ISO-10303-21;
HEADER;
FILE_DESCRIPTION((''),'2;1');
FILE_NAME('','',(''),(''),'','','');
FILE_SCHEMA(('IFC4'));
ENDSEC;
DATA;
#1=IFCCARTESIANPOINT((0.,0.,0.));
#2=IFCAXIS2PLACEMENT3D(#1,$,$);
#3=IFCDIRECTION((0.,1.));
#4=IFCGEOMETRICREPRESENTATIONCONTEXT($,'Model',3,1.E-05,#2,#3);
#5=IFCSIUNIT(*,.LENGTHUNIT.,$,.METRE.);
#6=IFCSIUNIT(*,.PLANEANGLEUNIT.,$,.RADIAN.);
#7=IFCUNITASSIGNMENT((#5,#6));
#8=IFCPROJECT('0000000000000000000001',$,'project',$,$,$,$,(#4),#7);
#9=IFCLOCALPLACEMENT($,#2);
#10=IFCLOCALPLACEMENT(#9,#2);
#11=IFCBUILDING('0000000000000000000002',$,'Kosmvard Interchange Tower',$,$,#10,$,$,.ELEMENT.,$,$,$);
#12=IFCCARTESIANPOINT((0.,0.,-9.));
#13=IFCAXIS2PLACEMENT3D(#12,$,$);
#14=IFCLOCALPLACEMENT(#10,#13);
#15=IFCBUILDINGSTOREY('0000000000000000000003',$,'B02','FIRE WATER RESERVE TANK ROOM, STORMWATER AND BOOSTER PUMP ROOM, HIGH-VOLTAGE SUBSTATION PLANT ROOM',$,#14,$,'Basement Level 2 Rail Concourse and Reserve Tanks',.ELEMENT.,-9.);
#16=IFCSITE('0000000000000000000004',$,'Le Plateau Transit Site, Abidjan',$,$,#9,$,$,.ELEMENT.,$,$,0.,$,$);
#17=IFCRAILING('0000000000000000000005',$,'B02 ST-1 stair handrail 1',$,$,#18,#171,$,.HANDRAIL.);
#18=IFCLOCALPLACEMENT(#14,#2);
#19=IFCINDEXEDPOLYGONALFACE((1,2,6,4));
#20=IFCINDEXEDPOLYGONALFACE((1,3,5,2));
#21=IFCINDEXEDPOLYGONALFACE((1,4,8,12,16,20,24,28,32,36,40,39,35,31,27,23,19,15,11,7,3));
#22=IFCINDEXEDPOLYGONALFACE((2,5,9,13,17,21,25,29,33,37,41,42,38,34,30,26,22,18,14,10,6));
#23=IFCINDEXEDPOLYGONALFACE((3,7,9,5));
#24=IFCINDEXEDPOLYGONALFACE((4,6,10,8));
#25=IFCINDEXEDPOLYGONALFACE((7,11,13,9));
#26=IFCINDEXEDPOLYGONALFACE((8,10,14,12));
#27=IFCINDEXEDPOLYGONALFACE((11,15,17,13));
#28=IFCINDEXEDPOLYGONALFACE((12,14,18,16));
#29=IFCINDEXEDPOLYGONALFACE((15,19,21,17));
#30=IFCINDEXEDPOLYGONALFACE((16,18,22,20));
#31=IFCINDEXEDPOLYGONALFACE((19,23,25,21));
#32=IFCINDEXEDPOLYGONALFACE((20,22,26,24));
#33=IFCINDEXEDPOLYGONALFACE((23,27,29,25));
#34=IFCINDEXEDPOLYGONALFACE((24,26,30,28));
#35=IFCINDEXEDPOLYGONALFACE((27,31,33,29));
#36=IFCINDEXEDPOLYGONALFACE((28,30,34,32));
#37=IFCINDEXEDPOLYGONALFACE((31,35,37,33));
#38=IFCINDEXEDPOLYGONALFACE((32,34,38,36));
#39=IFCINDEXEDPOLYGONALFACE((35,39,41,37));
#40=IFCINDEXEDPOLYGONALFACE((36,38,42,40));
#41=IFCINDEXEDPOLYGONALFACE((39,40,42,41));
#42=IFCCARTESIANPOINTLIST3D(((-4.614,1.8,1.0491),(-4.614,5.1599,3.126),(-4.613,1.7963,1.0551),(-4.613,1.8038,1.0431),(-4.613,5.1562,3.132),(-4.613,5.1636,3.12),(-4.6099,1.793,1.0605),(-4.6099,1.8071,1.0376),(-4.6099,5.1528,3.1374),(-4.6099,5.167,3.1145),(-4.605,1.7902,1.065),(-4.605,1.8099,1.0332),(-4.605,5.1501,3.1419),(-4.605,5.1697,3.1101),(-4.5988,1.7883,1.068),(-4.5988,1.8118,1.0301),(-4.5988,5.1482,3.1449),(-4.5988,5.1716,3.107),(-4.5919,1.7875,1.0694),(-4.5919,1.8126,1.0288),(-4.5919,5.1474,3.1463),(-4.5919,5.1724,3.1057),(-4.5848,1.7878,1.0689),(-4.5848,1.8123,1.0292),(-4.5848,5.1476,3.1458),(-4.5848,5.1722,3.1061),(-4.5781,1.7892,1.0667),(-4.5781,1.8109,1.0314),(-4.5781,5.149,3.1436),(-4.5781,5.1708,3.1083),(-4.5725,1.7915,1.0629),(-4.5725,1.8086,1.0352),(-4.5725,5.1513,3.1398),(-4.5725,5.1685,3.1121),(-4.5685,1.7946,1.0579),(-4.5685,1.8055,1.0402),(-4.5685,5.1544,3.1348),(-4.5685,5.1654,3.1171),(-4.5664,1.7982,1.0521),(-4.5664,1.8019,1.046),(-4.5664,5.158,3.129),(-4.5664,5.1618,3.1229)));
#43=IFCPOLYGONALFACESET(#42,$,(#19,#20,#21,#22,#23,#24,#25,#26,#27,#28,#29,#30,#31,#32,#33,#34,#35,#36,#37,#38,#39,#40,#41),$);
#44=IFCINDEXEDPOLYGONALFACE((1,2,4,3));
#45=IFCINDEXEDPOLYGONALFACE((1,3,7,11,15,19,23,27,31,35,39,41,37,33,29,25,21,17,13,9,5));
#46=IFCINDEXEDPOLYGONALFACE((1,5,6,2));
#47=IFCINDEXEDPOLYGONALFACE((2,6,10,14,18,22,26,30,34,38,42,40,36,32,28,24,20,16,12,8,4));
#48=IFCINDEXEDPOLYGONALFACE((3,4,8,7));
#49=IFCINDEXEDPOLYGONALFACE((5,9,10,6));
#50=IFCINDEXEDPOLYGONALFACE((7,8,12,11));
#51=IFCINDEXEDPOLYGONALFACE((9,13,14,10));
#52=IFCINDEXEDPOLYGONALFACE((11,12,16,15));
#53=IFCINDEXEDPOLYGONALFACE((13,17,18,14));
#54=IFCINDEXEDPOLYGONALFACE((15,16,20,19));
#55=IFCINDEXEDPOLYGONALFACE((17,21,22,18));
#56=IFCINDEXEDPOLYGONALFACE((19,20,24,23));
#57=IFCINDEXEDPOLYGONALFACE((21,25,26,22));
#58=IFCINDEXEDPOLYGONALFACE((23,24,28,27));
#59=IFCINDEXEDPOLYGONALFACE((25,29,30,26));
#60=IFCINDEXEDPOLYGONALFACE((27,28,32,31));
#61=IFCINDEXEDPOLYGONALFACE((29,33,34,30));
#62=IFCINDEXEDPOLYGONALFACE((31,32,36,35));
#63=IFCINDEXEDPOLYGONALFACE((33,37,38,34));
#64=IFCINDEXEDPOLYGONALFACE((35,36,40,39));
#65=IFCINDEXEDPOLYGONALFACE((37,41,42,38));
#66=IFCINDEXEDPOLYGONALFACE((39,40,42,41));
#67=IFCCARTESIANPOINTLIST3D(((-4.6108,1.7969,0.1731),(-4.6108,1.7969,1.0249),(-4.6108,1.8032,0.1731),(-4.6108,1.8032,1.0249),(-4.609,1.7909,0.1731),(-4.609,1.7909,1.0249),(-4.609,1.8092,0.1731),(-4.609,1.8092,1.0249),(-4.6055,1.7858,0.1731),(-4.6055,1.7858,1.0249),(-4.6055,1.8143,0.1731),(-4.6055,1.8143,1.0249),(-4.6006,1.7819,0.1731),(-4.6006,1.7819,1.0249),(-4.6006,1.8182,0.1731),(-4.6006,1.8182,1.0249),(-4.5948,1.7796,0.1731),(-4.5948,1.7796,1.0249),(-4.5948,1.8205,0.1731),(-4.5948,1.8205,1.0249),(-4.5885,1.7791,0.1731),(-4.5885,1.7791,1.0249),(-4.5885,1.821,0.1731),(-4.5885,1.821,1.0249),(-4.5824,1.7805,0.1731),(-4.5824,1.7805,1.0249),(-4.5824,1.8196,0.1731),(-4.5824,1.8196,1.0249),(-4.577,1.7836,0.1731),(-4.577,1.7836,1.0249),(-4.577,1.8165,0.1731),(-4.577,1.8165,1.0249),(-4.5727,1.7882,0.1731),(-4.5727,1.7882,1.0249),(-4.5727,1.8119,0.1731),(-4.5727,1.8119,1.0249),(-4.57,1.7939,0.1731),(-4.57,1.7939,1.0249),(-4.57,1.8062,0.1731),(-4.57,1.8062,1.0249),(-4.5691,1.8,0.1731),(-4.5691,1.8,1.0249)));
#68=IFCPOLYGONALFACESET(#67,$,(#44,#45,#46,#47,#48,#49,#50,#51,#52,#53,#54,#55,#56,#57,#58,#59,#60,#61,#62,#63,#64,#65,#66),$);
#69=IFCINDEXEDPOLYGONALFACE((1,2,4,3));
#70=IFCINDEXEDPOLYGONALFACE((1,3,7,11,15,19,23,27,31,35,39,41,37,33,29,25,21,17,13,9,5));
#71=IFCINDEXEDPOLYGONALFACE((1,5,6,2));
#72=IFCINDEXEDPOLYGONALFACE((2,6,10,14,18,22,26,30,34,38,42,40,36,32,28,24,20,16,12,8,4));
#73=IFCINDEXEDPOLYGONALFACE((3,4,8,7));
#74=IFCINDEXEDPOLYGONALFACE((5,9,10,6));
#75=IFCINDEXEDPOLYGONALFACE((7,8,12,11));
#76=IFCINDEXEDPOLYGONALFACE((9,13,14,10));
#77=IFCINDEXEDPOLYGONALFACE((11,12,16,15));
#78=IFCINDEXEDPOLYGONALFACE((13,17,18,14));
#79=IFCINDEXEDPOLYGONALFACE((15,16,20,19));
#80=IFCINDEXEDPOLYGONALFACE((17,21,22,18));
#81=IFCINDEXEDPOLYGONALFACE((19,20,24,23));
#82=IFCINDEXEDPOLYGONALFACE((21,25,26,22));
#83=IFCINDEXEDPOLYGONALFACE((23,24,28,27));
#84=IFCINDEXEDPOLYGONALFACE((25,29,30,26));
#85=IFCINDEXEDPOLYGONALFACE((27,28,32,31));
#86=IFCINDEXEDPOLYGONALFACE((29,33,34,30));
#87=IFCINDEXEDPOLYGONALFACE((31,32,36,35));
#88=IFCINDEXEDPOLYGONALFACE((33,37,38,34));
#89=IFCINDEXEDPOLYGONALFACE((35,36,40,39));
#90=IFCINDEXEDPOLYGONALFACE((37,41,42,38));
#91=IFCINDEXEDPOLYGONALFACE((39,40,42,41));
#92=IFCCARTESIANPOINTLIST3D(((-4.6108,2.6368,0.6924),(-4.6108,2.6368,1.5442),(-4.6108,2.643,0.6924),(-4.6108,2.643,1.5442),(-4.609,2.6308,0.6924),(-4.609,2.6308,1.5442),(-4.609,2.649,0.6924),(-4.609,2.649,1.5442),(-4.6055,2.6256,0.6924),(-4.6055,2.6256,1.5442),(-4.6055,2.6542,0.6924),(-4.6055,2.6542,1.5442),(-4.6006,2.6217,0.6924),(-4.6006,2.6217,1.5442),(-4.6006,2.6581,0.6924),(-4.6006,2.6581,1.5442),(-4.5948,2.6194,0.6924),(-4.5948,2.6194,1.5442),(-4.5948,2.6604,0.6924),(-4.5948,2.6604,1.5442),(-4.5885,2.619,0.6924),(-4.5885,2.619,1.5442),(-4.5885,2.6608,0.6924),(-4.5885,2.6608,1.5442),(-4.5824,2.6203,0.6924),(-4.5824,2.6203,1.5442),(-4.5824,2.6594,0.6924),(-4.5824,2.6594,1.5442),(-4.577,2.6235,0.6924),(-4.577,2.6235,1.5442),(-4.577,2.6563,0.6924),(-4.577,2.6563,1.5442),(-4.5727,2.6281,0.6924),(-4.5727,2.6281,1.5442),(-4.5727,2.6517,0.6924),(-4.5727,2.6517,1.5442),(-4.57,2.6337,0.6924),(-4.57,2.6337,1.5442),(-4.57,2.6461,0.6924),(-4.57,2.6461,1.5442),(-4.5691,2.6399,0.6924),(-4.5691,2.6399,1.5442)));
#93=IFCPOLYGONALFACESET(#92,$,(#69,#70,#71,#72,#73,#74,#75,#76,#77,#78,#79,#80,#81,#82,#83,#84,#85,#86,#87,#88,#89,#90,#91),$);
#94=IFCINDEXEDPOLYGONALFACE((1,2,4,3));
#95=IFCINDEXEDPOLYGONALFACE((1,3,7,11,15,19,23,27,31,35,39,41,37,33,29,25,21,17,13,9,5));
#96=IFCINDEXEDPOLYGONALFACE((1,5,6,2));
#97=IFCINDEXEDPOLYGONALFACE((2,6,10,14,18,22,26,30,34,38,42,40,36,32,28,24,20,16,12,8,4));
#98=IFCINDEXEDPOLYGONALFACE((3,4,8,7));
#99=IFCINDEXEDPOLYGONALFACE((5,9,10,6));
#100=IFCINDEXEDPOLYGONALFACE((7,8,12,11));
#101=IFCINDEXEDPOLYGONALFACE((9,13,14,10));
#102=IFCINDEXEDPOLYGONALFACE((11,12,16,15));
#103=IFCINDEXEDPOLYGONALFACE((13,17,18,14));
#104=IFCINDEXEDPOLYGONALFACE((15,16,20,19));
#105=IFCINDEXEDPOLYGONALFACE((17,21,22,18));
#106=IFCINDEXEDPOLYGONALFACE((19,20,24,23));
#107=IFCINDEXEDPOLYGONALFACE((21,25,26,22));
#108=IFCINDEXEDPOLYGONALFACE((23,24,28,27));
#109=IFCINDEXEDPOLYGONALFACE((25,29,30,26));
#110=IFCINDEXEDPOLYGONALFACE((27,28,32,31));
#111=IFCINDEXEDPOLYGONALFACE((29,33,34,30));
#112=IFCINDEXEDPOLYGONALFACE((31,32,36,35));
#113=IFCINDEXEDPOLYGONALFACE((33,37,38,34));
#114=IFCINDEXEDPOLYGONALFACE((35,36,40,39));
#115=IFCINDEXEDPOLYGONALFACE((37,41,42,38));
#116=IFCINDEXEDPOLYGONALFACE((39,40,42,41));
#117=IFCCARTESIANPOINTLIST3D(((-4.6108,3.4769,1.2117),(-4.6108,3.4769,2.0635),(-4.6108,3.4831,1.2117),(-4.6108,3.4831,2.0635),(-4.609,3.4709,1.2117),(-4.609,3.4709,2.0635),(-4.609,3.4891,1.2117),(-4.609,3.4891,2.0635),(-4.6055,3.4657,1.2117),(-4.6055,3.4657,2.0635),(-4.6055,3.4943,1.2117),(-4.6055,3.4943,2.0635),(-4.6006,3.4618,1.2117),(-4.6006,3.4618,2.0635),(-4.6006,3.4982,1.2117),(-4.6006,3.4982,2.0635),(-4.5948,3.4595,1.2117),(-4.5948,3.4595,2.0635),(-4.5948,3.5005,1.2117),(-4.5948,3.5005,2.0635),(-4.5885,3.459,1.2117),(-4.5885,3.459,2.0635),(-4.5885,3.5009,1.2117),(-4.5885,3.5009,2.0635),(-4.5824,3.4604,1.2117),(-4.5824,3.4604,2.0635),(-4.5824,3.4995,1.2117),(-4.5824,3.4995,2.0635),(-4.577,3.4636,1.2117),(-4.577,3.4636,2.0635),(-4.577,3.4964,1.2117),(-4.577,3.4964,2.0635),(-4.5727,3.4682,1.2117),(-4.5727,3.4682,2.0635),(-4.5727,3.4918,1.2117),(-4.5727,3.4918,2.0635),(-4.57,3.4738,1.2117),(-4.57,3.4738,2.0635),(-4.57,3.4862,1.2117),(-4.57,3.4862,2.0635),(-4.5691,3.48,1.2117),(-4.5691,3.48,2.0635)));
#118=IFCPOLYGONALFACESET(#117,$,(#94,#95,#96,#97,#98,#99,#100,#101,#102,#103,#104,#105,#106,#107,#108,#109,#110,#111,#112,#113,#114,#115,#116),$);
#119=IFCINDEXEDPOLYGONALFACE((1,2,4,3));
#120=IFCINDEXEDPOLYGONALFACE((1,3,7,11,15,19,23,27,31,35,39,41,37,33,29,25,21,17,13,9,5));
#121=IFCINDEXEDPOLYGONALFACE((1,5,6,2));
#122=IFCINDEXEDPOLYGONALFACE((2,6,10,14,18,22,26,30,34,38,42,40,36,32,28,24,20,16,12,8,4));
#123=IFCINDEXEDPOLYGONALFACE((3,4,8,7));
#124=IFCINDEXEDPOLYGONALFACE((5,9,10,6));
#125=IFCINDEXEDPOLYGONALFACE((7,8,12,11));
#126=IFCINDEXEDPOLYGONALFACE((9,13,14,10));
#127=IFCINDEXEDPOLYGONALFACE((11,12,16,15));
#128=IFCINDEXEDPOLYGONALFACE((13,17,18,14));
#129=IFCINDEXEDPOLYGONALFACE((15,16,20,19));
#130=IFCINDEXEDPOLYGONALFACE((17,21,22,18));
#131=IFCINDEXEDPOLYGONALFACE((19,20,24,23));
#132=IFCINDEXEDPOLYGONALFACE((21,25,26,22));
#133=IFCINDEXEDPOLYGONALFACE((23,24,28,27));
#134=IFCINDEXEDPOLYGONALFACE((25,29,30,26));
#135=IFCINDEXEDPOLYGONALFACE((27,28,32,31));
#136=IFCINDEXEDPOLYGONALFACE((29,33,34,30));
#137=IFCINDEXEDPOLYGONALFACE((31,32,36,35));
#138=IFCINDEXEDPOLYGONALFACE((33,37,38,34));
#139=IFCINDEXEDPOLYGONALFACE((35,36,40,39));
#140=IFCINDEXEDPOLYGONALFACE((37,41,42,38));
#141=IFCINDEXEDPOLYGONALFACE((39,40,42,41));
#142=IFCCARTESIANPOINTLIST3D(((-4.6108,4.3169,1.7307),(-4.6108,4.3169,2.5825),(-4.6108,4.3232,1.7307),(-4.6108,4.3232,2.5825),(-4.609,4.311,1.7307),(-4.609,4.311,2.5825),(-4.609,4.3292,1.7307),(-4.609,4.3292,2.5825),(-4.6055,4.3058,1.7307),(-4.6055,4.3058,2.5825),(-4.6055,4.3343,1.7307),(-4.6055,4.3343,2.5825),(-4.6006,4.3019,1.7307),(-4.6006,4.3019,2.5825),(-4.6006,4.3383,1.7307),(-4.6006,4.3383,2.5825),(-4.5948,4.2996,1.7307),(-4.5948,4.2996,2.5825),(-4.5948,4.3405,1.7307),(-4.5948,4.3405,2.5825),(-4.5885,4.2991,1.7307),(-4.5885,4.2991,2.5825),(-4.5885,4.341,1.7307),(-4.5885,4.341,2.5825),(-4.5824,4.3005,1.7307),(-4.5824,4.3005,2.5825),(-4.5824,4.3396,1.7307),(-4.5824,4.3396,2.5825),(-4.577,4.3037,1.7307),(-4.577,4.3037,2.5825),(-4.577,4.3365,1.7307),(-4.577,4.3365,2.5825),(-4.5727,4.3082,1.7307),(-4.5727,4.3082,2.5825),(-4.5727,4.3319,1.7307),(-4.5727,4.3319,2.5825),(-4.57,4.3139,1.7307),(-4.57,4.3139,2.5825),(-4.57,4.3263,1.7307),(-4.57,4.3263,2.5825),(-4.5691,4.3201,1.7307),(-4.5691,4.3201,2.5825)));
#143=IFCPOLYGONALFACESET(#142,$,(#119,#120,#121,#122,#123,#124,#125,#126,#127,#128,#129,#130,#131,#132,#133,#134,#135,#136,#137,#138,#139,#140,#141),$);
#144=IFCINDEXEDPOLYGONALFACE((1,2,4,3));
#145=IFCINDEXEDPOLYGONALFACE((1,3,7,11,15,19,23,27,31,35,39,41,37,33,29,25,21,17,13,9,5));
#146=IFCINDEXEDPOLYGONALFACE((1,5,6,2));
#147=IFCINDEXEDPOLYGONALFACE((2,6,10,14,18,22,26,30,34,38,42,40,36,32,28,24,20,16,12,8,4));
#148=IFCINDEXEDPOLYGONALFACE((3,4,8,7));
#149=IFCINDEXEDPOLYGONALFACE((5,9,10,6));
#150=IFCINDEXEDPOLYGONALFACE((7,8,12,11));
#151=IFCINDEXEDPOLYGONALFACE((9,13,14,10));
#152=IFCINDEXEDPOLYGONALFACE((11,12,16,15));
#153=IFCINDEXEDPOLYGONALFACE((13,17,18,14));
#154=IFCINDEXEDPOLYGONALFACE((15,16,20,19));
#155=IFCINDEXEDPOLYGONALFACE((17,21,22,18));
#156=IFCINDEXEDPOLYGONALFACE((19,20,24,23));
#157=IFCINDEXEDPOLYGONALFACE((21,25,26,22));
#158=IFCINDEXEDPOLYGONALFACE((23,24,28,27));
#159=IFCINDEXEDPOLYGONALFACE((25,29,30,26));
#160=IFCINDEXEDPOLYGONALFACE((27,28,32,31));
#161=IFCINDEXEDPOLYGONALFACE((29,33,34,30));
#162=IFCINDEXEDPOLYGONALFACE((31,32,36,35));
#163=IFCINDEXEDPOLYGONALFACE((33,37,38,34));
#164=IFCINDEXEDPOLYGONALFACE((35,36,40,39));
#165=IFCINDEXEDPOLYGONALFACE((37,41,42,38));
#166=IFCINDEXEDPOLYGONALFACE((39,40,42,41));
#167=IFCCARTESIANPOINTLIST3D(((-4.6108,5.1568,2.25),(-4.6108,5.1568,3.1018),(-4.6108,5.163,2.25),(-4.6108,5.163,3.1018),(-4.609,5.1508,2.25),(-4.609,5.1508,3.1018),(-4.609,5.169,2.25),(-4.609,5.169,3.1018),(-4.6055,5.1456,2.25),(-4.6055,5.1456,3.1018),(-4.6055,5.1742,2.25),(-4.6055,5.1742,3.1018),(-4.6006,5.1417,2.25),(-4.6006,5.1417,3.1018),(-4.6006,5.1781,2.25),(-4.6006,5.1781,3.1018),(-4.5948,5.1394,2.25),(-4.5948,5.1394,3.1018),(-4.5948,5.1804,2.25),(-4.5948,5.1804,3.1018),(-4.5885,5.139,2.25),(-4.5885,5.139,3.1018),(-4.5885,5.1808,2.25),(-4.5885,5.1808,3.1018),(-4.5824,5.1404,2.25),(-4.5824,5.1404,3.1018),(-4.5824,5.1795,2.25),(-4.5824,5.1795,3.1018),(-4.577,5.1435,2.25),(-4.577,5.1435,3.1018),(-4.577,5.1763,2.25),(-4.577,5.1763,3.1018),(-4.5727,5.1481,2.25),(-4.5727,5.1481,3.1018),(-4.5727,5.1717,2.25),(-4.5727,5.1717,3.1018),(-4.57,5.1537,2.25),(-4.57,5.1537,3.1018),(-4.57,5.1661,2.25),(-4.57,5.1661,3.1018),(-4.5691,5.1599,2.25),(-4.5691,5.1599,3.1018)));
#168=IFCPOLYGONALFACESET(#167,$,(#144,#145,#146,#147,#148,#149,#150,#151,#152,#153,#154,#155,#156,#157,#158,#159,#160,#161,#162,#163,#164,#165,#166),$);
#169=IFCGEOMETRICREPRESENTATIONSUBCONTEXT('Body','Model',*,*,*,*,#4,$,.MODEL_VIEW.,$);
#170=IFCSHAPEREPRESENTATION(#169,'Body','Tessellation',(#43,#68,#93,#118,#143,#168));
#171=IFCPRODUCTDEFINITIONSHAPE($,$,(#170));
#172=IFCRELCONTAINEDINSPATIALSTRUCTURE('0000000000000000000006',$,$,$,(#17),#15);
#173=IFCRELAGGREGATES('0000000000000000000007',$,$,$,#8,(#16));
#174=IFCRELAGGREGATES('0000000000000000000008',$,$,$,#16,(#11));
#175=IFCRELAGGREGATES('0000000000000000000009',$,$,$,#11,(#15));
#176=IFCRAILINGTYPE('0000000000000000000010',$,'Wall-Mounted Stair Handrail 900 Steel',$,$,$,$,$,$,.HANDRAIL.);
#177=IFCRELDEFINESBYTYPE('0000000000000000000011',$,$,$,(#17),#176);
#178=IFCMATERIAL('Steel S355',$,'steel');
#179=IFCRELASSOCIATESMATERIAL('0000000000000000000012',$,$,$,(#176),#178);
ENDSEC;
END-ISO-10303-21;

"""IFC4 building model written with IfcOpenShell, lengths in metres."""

from ifc_helpers import new_model, si_unit, direction, frame, origin, origin_2d, place, context, subcontext, project, spatial, circle, extrude, source, transform, mapped, material, type_object, element, save


model = new_model("IFC4")

# Units and contexts
model_context = context("Model", 3, precision=1e-05, world=origin(), true_north=direction((0.0, 1.0)))
body_context = subcontext(model_context, "Body", "Model", "MODEL_VIEW")
ifc_project = project(units=[si_unit("LENGTHUNIT", "METRE"), si_unit("PLANEANGLEUNIT", "RADIAN")], contexts=[model_context])

# Site, building, storey
site_placement = place(None, origin())
site = spatial("IfcSite", under=ifc_project, at=site_placement, Name="Le Plateau Transit Site, Abidjan", CompositionType="ELEMENT", RefElevation=0.0)
building_placement = place(site_placement, origin())
building = spatial("IfcBuilding", under=site, at=building_placement, Name="Kosmvard Interchange Tower", CompositionType="ELEMENT")
storey_placement = place(building_placement, frame((0.0, 0.0, -9.0)))
storey = spatial("IfcBuildingStorey", under=building, at=storey_placement, Name="B02", Description="FIRE WATER RESERVE TANK ROOM, STORMWATER AND BOOSTER PUMP ROOM, HIGH-VOLTAGE SUBSTATION PLANT ROOM", LongName="Basement Level 2 Rail Concourse and Reserve Tanks", CompositionType="ELEMENT", Elevation=-9.0)

# Railing
ifc_material_1 = material(Name="Steel S355", Category="steel")
railing_type_1 = type_object("IfcRailingType", Name="Wall-Mounted Stair Handrail 900 Steel", PredefinedType="HANDRAIL", material=ifc_material_1)
shared_shape_1 = source(origin(), body_context, "Body", "SweptSolid", [
    extrude(circle(Radius=0.0239, at=origin_2d()), frame((0.0, 0.0, 0.876), z_axis=(0.0, 0.850606, 0.525803), x_axis=(-1.0, 0.0, 0.0)), (0.0, 0.0, 1.0), 3.95),
    extrude(circle(Radius=0.021, at=origin_2d()), origin(), (0.0, 0.0, 1.0), 0.8518),
    extrude(circle(Radius=0.021, at=origin_2d()), frame((0.0, 0.8398, 0.5193)), (0.0, 0.0, 1.0), 0.8518),
    extrude(circle(Radius=0.021, at=origin_2d()), frame((0.0, 1.6799, 1.0386)), (0.0, 0.0, 1.0), 0.8518),
    extrude(circle(Radius=0.021, at=origin_2d()), frame((0.0, 2.52, 1.5576)), (0.0, 0.0, 1.0), 0.8518),
    extrude(circle(Radius=0.021, at=origin_2d()), frame((0.0, 3.3599, 2.0769)), (0.0, 0.0, 1.0), 0.8518),
])
railing_1_placement = place(storey_placement, frame((-4.5901, 1.8, 0.1731)))
element("IfcRailing", 1, at=railing_1_placement, inside=storey, type_object=railing_type_1, Name="B02 ST-1 stair handrail 1", PredefinedType="HANDRAIL", context=body_context, shape_type="MappedRepresentation", body=[
    mapped(shared_shape_1, transform((0.0, 0.0, 0.0), scale=1.0)),
])

save(model, "model.ifc")
